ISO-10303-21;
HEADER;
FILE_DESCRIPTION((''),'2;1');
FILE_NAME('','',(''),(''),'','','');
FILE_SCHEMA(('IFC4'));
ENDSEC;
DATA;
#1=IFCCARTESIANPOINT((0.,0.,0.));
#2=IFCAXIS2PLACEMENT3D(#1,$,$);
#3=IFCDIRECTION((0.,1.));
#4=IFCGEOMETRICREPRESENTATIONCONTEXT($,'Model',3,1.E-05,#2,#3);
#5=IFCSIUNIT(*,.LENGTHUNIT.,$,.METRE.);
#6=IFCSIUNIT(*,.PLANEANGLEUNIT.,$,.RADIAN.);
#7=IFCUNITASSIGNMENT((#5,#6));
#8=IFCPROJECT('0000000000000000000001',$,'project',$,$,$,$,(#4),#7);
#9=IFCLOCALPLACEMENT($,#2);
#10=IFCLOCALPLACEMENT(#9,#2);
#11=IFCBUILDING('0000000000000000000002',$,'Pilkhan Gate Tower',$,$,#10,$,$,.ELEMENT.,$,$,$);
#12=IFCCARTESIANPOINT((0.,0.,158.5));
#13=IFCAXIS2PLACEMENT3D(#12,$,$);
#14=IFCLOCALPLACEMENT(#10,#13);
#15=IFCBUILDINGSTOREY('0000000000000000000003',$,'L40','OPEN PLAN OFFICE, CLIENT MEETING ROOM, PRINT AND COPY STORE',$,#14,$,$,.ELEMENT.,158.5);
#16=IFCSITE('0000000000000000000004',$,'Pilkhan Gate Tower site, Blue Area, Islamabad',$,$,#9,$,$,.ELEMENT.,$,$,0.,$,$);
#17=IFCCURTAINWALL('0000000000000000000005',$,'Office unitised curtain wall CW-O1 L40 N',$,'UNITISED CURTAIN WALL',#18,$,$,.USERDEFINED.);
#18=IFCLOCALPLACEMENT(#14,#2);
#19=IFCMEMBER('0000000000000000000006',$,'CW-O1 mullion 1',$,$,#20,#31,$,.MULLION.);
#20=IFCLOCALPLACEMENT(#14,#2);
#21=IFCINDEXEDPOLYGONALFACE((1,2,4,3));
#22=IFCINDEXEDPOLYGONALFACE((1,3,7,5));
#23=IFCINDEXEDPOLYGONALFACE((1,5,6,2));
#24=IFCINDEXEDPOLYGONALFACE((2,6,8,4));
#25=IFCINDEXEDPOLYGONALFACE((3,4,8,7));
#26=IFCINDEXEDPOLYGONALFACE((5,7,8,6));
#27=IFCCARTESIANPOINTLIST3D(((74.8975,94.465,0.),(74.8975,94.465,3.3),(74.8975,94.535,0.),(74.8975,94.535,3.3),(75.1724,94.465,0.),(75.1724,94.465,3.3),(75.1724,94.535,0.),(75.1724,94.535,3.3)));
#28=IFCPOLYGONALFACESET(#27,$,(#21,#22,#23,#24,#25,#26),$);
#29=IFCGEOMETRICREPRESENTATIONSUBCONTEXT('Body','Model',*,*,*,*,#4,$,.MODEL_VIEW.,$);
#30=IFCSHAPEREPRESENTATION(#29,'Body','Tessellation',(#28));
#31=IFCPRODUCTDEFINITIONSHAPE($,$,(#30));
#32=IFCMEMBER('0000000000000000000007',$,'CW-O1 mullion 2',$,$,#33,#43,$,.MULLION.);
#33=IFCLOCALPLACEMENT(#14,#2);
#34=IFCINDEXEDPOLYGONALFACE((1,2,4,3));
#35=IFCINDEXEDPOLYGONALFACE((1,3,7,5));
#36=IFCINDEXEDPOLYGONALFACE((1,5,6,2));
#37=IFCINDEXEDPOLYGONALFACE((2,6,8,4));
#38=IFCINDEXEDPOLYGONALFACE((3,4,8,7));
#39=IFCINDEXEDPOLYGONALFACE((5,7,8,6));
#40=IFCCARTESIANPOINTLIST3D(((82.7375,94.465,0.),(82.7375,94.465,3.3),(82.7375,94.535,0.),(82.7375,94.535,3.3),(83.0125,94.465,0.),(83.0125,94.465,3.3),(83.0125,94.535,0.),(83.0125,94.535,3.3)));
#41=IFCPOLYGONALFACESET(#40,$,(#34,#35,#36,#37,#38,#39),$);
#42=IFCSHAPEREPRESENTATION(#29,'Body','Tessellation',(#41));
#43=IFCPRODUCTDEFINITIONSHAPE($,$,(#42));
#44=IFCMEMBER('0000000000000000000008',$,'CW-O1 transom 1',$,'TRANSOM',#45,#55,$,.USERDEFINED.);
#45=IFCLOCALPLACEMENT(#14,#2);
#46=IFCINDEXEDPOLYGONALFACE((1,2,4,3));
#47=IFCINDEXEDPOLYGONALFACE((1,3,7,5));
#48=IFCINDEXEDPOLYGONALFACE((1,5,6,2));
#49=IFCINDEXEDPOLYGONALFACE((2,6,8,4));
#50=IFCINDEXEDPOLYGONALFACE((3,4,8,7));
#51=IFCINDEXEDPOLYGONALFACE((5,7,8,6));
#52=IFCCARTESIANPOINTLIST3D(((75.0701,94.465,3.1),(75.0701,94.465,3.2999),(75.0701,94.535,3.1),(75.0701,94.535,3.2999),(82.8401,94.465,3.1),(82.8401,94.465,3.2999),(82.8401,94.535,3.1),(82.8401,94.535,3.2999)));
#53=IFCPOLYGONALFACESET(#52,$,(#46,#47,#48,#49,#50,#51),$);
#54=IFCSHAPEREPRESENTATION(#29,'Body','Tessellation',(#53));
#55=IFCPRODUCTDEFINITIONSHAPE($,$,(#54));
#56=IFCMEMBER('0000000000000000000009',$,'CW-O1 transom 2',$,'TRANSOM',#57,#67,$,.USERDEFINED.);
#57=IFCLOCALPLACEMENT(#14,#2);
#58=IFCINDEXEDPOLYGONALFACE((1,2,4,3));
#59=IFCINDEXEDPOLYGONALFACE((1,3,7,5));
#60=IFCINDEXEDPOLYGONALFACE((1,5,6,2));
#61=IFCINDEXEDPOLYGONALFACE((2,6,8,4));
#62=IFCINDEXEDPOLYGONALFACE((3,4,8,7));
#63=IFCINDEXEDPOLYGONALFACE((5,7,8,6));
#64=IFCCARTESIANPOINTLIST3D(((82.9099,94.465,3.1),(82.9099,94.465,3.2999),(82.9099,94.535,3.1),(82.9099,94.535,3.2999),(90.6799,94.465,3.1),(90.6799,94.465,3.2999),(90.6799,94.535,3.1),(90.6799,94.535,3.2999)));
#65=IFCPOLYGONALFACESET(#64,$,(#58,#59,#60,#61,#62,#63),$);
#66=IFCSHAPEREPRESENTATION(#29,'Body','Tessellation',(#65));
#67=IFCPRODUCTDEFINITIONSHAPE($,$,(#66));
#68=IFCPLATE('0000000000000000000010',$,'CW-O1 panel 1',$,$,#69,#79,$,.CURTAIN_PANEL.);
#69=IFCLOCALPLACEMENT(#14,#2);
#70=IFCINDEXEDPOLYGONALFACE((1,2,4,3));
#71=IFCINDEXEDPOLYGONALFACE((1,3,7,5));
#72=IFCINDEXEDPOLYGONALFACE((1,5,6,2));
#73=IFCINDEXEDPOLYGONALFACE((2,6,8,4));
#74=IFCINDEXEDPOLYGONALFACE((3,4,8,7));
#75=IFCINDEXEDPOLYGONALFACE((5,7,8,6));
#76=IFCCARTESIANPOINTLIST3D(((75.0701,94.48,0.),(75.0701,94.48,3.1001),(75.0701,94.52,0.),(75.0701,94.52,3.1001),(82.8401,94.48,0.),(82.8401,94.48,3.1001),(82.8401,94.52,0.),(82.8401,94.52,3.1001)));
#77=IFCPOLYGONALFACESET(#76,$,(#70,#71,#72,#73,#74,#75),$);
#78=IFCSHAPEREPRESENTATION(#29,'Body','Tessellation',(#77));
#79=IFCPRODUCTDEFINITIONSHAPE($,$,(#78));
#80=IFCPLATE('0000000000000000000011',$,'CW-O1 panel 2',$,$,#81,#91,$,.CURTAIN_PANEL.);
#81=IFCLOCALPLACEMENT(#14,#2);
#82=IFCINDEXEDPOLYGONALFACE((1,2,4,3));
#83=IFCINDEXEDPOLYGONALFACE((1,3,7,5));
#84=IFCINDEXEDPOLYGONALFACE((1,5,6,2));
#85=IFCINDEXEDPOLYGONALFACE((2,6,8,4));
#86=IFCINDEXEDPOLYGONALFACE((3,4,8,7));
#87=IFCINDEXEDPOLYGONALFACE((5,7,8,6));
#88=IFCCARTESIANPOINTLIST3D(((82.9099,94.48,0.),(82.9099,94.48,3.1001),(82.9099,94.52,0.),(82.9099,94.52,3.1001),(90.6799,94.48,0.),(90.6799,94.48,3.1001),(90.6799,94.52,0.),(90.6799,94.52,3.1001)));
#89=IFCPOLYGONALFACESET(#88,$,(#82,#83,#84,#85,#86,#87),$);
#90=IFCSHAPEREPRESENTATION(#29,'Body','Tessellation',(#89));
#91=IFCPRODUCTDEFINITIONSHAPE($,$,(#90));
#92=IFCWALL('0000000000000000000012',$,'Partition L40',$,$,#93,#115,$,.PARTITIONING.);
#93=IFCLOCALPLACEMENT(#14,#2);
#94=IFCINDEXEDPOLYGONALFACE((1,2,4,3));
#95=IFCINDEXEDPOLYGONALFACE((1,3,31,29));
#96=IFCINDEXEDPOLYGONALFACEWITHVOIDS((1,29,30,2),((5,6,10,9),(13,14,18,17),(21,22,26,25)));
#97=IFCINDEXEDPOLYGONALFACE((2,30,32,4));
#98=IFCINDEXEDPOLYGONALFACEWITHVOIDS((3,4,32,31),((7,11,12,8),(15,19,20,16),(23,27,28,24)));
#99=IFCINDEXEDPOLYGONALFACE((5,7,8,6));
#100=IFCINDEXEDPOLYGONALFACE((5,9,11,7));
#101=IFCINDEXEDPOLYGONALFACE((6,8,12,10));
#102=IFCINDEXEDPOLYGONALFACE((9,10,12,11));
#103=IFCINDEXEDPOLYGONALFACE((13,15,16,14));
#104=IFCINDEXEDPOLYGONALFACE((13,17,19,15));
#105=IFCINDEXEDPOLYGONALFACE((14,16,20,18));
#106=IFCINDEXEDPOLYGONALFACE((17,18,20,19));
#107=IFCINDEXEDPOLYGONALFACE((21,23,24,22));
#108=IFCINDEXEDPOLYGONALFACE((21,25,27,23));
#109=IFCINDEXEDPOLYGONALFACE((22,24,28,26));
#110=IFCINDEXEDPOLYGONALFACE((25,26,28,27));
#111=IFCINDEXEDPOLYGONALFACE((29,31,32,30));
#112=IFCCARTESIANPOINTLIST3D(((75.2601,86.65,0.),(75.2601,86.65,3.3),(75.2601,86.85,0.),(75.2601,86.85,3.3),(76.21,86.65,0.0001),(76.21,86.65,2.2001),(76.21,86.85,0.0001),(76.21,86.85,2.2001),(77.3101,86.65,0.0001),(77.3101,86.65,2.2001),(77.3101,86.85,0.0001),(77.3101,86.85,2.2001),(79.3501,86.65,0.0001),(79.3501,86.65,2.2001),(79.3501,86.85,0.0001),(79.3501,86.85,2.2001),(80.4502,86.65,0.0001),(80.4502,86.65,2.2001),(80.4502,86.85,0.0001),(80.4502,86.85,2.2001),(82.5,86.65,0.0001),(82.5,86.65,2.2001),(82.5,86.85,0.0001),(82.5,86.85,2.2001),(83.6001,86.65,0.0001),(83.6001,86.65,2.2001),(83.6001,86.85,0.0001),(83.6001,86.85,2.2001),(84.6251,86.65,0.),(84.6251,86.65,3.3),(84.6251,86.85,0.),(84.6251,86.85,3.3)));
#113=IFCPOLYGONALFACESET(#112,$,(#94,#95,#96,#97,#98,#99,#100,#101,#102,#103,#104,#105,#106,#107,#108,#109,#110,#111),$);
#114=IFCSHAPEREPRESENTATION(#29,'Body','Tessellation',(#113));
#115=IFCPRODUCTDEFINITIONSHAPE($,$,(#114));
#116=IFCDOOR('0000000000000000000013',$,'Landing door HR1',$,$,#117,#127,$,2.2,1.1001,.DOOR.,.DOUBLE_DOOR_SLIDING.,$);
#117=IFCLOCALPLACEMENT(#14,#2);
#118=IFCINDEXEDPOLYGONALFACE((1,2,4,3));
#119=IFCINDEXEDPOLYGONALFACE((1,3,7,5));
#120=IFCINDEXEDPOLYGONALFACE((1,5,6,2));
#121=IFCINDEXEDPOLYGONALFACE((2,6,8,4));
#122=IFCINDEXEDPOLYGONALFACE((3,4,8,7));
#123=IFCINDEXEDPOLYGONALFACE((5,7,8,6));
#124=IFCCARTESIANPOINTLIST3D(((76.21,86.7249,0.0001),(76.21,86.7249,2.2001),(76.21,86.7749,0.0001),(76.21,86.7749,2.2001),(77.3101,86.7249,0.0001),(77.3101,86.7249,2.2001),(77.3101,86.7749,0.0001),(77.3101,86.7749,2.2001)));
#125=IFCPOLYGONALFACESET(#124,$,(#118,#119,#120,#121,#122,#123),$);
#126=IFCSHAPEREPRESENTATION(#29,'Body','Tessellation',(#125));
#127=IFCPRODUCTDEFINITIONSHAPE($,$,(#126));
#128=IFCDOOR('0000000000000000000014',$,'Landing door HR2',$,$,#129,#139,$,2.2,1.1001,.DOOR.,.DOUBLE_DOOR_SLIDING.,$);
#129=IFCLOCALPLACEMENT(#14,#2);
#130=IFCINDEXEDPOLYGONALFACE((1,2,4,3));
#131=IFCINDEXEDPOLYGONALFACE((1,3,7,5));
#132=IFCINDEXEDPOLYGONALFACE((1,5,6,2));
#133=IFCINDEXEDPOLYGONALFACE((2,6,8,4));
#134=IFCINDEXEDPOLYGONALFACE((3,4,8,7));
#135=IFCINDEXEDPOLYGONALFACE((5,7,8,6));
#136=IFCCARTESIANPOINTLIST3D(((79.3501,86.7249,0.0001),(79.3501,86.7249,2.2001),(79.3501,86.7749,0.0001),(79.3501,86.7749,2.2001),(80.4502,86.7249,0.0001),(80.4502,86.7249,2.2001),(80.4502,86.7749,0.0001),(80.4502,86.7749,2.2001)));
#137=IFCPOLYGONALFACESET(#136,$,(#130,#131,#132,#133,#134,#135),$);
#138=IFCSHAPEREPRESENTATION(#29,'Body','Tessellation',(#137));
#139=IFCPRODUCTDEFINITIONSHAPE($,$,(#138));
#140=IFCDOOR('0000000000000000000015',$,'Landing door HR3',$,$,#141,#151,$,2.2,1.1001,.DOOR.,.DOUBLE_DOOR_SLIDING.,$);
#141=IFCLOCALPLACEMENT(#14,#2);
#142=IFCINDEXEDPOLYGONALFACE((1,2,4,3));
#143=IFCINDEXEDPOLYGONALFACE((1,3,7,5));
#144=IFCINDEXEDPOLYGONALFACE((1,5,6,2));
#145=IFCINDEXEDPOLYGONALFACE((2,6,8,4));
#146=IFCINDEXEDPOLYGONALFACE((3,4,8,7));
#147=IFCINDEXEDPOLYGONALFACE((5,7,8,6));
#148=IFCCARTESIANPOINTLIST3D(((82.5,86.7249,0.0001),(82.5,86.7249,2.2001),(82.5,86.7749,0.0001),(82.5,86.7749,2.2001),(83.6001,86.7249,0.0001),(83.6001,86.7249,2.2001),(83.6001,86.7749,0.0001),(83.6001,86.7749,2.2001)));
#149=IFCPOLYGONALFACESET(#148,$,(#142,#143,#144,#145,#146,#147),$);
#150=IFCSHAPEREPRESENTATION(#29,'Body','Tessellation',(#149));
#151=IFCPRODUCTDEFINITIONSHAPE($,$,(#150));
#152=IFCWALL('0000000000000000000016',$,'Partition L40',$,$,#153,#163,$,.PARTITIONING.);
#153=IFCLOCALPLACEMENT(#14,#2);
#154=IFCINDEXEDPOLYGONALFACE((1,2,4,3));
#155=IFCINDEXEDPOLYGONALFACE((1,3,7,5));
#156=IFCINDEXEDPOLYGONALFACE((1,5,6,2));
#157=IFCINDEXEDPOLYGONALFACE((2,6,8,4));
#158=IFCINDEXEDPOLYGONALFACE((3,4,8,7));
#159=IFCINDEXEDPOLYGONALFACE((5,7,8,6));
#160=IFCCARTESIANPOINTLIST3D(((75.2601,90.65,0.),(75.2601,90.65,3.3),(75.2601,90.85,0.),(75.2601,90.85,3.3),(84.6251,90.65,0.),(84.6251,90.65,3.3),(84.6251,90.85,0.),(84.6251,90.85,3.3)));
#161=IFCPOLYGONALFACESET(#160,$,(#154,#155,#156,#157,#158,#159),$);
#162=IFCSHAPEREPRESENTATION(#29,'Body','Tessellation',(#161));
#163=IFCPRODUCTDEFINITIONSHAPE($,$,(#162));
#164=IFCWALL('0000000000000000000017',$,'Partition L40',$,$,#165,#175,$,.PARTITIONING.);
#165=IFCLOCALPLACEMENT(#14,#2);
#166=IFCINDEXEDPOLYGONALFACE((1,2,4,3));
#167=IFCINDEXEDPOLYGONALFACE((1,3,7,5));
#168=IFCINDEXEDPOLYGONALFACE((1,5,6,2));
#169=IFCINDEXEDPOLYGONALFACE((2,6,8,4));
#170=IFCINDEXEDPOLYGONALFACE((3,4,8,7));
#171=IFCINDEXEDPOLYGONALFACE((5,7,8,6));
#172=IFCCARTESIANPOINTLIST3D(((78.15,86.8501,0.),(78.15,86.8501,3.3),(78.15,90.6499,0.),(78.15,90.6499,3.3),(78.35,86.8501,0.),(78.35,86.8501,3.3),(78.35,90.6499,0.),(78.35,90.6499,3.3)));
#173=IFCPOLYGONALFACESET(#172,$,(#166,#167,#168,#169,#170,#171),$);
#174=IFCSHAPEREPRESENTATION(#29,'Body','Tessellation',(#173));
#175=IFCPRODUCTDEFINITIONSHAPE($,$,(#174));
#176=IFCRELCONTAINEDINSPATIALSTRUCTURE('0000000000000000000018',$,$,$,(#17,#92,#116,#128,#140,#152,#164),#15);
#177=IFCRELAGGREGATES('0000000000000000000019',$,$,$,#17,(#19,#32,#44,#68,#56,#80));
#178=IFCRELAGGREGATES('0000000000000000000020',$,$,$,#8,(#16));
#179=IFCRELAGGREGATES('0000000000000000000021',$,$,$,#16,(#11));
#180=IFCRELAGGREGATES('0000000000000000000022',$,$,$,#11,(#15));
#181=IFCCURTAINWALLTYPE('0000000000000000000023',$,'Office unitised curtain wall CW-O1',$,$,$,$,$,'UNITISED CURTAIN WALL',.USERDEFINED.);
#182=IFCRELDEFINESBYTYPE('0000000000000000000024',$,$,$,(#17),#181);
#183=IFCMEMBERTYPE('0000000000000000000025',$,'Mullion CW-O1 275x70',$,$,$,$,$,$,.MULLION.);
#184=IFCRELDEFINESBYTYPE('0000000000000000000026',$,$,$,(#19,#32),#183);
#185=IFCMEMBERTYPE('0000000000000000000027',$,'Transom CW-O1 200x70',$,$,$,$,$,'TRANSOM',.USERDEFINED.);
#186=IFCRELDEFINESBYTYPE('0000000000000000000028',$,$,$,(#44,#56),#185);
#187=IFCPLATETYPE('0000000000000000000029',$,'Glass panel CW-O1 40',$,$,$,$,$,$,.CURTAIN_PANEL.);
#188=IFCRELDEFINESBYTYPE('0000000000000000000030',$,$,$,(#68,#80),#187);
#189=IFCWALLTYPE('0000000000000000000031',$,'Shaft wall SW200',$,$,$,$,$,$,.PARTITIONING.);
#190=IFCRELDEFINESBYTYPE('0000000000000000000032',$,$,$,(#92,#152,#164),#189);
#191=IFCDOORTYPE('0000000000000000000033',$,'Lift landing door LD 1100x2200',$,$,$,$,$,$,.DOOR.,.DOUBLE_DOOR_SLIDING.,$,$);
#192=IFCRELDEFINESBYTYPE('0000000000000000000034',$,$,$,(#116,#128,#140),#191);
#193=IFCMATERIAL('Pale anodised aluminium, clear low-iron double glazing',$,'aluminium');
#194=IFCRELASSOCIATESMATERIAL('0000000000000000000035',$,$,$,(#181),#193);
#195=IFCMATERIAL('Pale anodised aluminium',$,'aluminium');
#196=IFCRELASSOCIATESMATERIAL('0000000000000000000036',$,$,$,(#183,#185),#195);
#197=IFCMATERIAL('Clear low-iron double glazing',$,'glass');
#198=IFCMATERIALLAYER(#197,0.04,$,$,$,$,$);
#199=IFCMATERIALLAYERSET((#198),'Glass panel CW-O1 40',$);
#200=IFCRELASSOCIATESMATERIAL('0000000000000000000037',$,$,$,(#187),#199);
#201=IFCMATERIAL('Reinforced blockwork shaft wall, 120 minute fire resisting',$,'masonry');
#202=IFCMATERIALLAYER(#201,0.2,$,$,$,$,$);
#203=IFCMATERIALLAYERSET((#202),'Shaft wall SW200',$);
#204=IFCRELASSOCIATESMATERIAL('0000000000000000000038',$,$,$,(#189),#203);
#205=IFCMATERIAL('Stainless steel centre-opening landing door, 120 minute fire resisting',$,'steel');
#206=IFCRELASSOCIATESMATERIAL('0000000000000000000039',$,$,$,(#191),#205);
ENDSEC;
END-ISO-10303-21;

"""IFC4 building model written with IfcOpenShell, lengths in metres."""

from ifc_helpers import new_model, si_unit, direction, frame, frame_2d, origin, origin_2d, place, context, subcontext, project, spatial, rectangle, extrude, material, layer, layer_set, material_profile, profile_set, type_object, element, fill, aggregate, save


model = new_model("IFC4")

# Units and contexts
model_context = context("Model", 3, precision=1e-05, world=origin(), true_north=direction((0.0, 1.0)))
body_context = subcontext(model_context, "Body", "Model", "MODEL_VIEW")
ifc_project = project(units=[si_unit("LENGTHUNIT", "METRE"), si_unit("PLANEANGLEUNIT", "RADIAN")], contexts=[model_context])

# Site, building, storey
site_placement = place(None, origin())
site = spatial("IfcSite", under=ifc_project, at=site_placement, Name="Pilkhan Gate Tower site, Blue Area, Islamabad", CompositionType="ELEMENT", RefElevation=0.0)
building_placement = place(site_placement, origin())
building = spatial("IfcBuilding", under=site, at=building_placement, Name="Pilkhan Gate Tower", CompositionType="ELEMENT")
storey_placement = place(building_placement, frame((0.0, 0.0, 158.5)))
storey = spatial("IfcBuildingStorey", under=building, at=storey_placement, Name="L40", Description="OPEN PLAN OFFICE, CLIENT MEETING ROOM, PRINT AND COPY STORE", CompositionType="ELEMENT", Elevation=158.5)

# Curtain wall, members, plates
ifc_material_1 = material(Name="Pale anodised aluminium, clear low-iron double glazing", Category="aluminium")
curtain_wall_type = type_object("IfcCurtainWallType", Name="Office unitised curtain wall CW-O1", ElementType="UNITISED CURTAIN WALL", PredefinedType="USERDEFINED", material=ifc_material_1)
curtain_wall_placement = place(storey_placement, origin())
curtain_wall = element("IfcCurtainWall", 1, at=curtain_wall_placement, inside=storey, type_object=curtain_wall_type, Name="Office unitised curtain wall CW-O1 L40 N", ObjectType="UNITISED CURTAIN WALL", PredefinedType="USERDEFINED")
ifc_material_2 = material(Name="Pale anodised aluminium", Category="aluminium")
ifc_material_profile_1 = material_profile(ifc_material_2, rectangle(XDim=0.0701, YDim=0.2749, at=origin_2d()), Name="Mullion 275x70")
ifc_profile_set_1 = profile_set([ifc_material_profile_1], Name="Pale anodised aluminium")
member_type_1 = type_object("IfcMemberType", Name="Mullion CW-O1 275x70", PredefinedType="MULLION", material=ifc_profile_set_1)
member_1_placement = place(storey_placement, frame((75.0349, 94.5, 0.0), z_axis=(0.0, 0.0, 1.0), x_axis=(0.0, 1.0, 0.0)))
member_1 = element("IfcMember", 2, at=member_1_placement, type_object=member_type_1, Name="CW-O1 mullion 1", PredefinedType="MULLION", context=body_context, shape_type="SweptSolid", body=[
    extrude(rectangle(XDim=0.0701, YDim=0.2749, at=origin_2d()), origin(), (0.0, 0.0, 1.0), 3.3),
])
member_2_placement = place(storey_placement, frame((82.875, 94.5, 0.0), z_axis=(0.0, 0.0, 1.0), x_axis=(0.0, 1.0, 0.0)))
member_2 = element("IfcMember", 3, at=member_2_placement, type_object=member_type_1, Name="CW-O1 mullion 2", PredefinedType="MULLION", context=body_context, shape_type="SweptSolid", body=[
    extrude(rectangle(XDim=0.0701, YDim=0.2749, at=origin_2d()), origin(), (0.0, 0.0, 1.0), 3.3),
])
ifc_material_profile_2 = material_profile(ifc_material_2, rectangle(XDim=0.0701, YDim=0.2, at=origin_2d()), Name="Transom 200x70")
ifc_profile_set_2 = profile_set([ifc_material_profile_2], Name="Pale anodised aluminium")
member_type_2 = type_object("IfcMemberType", Name="Transom CW-O1 200x70", ElementType="TRANSOM", PredefinedType="USERDEFINED", material=ifc_profile_set_2)
member_3_placement = place(storey_placement, frame((75.0701, 94.5, 3.2), z_axis=(1.0, 0.0, 0.0), x_axis=(0.0, 1.0, 0.0)))
member_3 = element("IfcMember", 4, at=member_3_placement, type_object=member_type_2, Name="CW-O1 transom 1", ObjectType="TRANSOM", PredefinedType="USERDEFINED", context=body_context, shape_type="SweptSolid", body=[
    extrude(rectangle(XDim=0.0701, YDim=0.2, at=origin_2d()), origin(), (0.0, 0.0, 1.0), 7.77),
])
member_4_placement = place(storey_placement, frame((82.9099, 94.5, 3.2), z_axis=(1.0, 0.0, 0.0), x_axis=(0.0, 1.0, 0.0)))
member_4 = element("IfcMember", 5, at=member_4_placement, type_object=member_type_2, Name="CW-O1 transom 2", ObjectType="TRANSOM", PredefinedType="USERDEFINED", context=body_context, shape_type="SweptSolid", body=[
    extrude(rectangle(XDim=0.0701, YDim=0.2, at=origin_2d()), origin(), (0.0, 0.0, 1.0), 7.77),
])
ifc_material_3 = material(Name="Clear low-iron double glazing", Category="glass")
ifc_layer_1 = layer(ifc_material_3, 0.04)
ifc_layer_set_1 = layer_set([ifc_layer_1], Name="Glass panel CW-O1 40")
plate_type = type_object("IfcPlateType", Name="Glass panel CW-O1 40", PredefinedType="CURTAIN_PANEL", material=ifc_layer_set_1)
plate_1_placement = place(storey_placement, frame((78.9551, 94.5, 0.0), z_axis=(0.0, 0.0, 1.0), x_axis=(1.0, 0.0, 0.0)))
plate_1 = element("IfcPlate", 6, at=plate_1_placement, type_object=plate_type, Name="CW-O1 panel 1", PredefinedType="CURTAIN_PANEL", context=body_context, shape_type="SweptSolid", body=[
    extrude(rectangle(XDim=7.77, YDim=0.04, at=origin_2d()), origin(), (0.0, 0.0, 1.0), 3.1001),
])
plate_2_placement = place(storey_placement, frame((86.7949, 94.5, 0.0), z_axis=(0.0, 0.0, 1.0), x_axis=(1.0, 0.0, 0.0)))
plate_2 = element("IfcPlate", 7, at=plate_2_placement, type_object=plate_type, Name="CW-O1 panel 2", PredefinedType="CURTAIN_PANEL", context=body_context, shape_type="SweptSolid", body=[
    extrude(rectangle(XDim=7.77, YDim=0.04, at=origin_2d()), origin(), (0.0, 0.0, 1.0), 3.1001),
])
aggregate(curtain_wall, [member_1, member_2, member_3, plate_1, member_4, plate_2])

# Wall, openings, doors
ifc_material_4 = material(Name="Reinforced blockwork shaft wall, 120 minute fire resisting", Category="masonry")
ifc_layer_2 = layer(ifc_material_4, 0.2)
ifc_layer_set_2 = layer_set([ifc_layer_2], Name="Shaft wall SW200")
wall_type_1 = type_object("IfcWallType", Name="Shaft wall SW200", PredefinedType="PARTITIONING", material=ifc_layer_set_2)
wall_1_placement = place(storey_placement, frame((75.26, 86.75, 0.0), z_axis=(0.0, 0.0, 1.0), x_axis=(1.0, 0.0, 0.0)))
wall_1 = element("IfcWall", 8, at=wall_1_placement, inside=storey, type_object=wall_type_1, Name="Partition L40", PredefinedType="PARTITIONING", context=body_context, shape_type="SweptSolid", body=[
    extrude(rectangle(XDim=9.365, YDim=0.2, at=frame_2d((4.6826, 0.0))), origin(), (0.0, 0.0, 1.0), 3.3),
])
opening_1_placement = place(wall_1_placement, frame((0.95, 0.0, 0.0)))
opening_1 = element("IfcOpeningElement", 9, at=opening_1_placement, cuts=wall_1, PredefinedType="OPENING", context=body_context, shape_type="SweptSolid", body=[
    extrude(rectangle(XDim=1.1001, YDim=2.2, at=frame_2d((0.55, 1.1001))), frame((0.0, 0.1099, 0.0), z_axis=(0.0, -1.0, 0.0), x_axis=(1.0, 0.0, 0.0)), (0.0, 0.0, 1.0), 0.22),
])
opening_2_placement = place(wall_1_placement, frame((4.0901, 0.0, 0.0)))
opening_2 = element("IfcOpeningElement", 10, at=opening_2_placement, cuts=wall_1, PredefinedType="OPENING", context=body_context, shape_type="SweptSolid", body=[
    extrude(rectangle(XDim=1.1001, YDim=2.2, at=frame_2d((0.55, 1.1001))), frame((0.0, 0.1099, 0.0), z_axis=(0.0, -1.0, 0.0), x_axis=(1.0, 0.0, 0.0)), (0.0, 0.0, 1.0), 0.22),
])
opening_3_placement = place(wall_1_placement, frame((7.24, 0.0, 0.0)))
opening_3 = element("IfcOpeningElement", 11, at=opening_3_placement, cuts=wall_1, PredefinedType="OPENING", context=body_context, shape_type="SweptSolid", body=[
    extrude(rectangle(XDim=1.1001, YDim=2.2, at=frame_2d((0.55, 1.1001))), frame((0.0, 0.1099, 0.0), z_axis=(0.0, -1.0, 0.0), x_axis=(1.0, 0.0, 0.0)), (0.0, 0.0, 1.0), 0.22),
])
ifc_material_5 = material(Name="Stainless steel centre-opening landing door, 120 minute fire resisting", Category="steel")
door_type = type_object("IfcDoorType", Name="Lift landing door LD 1100x2200", OperationType="DOUBLE_DOOR_SLIDING", PredefinedType="DOOR", material=ifc_material_5)
door_1_placement = place(opening_1_placement, origin())
door_1 = element("IfcDoor", 12, at=door_1_placement, inside=storey, type_object=door_type, Name="Landing door HR1", OperationType="DOUBLE_DOOR_SLIDING", OverallHeight=2.2, OverallWidth=1.1001, PredefinedType="DOOR", context=body_context, shape_type="SweptSolid", body=[
    extrude(rectangle(XDim=1.1001, YDim=2.2, at=frame_2d((0.55, 1.1001))), frame((0.0, 0.0249, 0.0), z_axis=(0.0, -1.0, 0.0), x_axis=(1.0, 0.0, 0.0)), (0.0, 0.0, 1.0), 0.05),
])
fill(opening_1, door_1)
door_2_placement = place(opening_2_placement, origin())
door_2 = element("IfcDoor", 13, at=door_2_placement, inside=storey, type_object=door_type, Name="Landing door HR2", OperationType="DOUBLE_DOOR_SLIDING", OverallHeight=2.2, OverallWidth=1.1001, PredefinedType="DOOR", context=body_context, shape_type="SweptSolid", body=[
    extrude(rectangle(XDim=1.1001, YDim=2.2, at=frame_2d((0.55, 1.1001))), frame((0.0, 0.0249, 0.0), z_axis=(0.0, -1.0, 0.0), x_axis=(1.0, 0.0, 0.0)), (0.0, 0.0, 1.0), 0.05),
])
fill(opening_2, door_2)
door_3_placement = place(opening_3_placement, origin())
door_3 = element("IfcDoor", 14, at=door_3_placement, inside=storey, type_object=door_type, Name="Landing door HR3", OperationType="DOUBLE_DOOR_SLIDING", OverallHeight=2.2, OverallWidth=1.1001, PredefinedType="DOOR", context=body_context, shape_type="SweptSolid", body=[
    extrude(rectangle(XDim=1.1001, YDim=2.2, at=frame_2d((0.55, 1.1001))), frame((0.0, 0.0249, 0.0), z_axis=(0.0, -1.0, 0.0), x_axis=(1.0, 0.0, 0.0)), (0.0, 0.0, 1.0), 0.05),
])
fill(opening_3, door_3)

# Walls
wall_2_placement = place(storey_placement, frame((75.26, 90.75, 0.0), z_axis=(0.0, 0.0, 1.0), x_axis=(1.0, 0.0, 0.0)))
element("IfcWall", 15, at=wall_2_placement, inside=storey, type_object=wall_type_1, Name="Partition L40", PredefinedType="PARTITIONING", context=body_context, shape_type="SweptSolid", body=[
    extrude(rectangle(XDim=9.365, YDim=0.2, at=frame_2d((4.6826, 0.0))), origin(), (0.0, 0.0, 1.0), 3.3),
])
for number, where, z_axis, x_axis, name in (
    (16, (78.25, 86.8501, 0.0), (0.0, 0.0, 1.0), (0.0, 1.0, 0.0), "Partition L40"),
):
    element("IfcWall", number, at=place(storey_placement, frame(where, z_axis=z_axis, x_axis=x_axis)), inside=storey, type_object=wall_type_1, Name=name, PredefinedType="PARTITIONING", context=body_context, shape_type="SweptSolid", body=[
        extrude(rectangle(XDim=3.7998, YDim=0.2, at=frame_2d((1.8999, 0.0))), origin(), (0.0, 0.0, 1.0), 3.3),
    ])

save(model, "model.ifc")
